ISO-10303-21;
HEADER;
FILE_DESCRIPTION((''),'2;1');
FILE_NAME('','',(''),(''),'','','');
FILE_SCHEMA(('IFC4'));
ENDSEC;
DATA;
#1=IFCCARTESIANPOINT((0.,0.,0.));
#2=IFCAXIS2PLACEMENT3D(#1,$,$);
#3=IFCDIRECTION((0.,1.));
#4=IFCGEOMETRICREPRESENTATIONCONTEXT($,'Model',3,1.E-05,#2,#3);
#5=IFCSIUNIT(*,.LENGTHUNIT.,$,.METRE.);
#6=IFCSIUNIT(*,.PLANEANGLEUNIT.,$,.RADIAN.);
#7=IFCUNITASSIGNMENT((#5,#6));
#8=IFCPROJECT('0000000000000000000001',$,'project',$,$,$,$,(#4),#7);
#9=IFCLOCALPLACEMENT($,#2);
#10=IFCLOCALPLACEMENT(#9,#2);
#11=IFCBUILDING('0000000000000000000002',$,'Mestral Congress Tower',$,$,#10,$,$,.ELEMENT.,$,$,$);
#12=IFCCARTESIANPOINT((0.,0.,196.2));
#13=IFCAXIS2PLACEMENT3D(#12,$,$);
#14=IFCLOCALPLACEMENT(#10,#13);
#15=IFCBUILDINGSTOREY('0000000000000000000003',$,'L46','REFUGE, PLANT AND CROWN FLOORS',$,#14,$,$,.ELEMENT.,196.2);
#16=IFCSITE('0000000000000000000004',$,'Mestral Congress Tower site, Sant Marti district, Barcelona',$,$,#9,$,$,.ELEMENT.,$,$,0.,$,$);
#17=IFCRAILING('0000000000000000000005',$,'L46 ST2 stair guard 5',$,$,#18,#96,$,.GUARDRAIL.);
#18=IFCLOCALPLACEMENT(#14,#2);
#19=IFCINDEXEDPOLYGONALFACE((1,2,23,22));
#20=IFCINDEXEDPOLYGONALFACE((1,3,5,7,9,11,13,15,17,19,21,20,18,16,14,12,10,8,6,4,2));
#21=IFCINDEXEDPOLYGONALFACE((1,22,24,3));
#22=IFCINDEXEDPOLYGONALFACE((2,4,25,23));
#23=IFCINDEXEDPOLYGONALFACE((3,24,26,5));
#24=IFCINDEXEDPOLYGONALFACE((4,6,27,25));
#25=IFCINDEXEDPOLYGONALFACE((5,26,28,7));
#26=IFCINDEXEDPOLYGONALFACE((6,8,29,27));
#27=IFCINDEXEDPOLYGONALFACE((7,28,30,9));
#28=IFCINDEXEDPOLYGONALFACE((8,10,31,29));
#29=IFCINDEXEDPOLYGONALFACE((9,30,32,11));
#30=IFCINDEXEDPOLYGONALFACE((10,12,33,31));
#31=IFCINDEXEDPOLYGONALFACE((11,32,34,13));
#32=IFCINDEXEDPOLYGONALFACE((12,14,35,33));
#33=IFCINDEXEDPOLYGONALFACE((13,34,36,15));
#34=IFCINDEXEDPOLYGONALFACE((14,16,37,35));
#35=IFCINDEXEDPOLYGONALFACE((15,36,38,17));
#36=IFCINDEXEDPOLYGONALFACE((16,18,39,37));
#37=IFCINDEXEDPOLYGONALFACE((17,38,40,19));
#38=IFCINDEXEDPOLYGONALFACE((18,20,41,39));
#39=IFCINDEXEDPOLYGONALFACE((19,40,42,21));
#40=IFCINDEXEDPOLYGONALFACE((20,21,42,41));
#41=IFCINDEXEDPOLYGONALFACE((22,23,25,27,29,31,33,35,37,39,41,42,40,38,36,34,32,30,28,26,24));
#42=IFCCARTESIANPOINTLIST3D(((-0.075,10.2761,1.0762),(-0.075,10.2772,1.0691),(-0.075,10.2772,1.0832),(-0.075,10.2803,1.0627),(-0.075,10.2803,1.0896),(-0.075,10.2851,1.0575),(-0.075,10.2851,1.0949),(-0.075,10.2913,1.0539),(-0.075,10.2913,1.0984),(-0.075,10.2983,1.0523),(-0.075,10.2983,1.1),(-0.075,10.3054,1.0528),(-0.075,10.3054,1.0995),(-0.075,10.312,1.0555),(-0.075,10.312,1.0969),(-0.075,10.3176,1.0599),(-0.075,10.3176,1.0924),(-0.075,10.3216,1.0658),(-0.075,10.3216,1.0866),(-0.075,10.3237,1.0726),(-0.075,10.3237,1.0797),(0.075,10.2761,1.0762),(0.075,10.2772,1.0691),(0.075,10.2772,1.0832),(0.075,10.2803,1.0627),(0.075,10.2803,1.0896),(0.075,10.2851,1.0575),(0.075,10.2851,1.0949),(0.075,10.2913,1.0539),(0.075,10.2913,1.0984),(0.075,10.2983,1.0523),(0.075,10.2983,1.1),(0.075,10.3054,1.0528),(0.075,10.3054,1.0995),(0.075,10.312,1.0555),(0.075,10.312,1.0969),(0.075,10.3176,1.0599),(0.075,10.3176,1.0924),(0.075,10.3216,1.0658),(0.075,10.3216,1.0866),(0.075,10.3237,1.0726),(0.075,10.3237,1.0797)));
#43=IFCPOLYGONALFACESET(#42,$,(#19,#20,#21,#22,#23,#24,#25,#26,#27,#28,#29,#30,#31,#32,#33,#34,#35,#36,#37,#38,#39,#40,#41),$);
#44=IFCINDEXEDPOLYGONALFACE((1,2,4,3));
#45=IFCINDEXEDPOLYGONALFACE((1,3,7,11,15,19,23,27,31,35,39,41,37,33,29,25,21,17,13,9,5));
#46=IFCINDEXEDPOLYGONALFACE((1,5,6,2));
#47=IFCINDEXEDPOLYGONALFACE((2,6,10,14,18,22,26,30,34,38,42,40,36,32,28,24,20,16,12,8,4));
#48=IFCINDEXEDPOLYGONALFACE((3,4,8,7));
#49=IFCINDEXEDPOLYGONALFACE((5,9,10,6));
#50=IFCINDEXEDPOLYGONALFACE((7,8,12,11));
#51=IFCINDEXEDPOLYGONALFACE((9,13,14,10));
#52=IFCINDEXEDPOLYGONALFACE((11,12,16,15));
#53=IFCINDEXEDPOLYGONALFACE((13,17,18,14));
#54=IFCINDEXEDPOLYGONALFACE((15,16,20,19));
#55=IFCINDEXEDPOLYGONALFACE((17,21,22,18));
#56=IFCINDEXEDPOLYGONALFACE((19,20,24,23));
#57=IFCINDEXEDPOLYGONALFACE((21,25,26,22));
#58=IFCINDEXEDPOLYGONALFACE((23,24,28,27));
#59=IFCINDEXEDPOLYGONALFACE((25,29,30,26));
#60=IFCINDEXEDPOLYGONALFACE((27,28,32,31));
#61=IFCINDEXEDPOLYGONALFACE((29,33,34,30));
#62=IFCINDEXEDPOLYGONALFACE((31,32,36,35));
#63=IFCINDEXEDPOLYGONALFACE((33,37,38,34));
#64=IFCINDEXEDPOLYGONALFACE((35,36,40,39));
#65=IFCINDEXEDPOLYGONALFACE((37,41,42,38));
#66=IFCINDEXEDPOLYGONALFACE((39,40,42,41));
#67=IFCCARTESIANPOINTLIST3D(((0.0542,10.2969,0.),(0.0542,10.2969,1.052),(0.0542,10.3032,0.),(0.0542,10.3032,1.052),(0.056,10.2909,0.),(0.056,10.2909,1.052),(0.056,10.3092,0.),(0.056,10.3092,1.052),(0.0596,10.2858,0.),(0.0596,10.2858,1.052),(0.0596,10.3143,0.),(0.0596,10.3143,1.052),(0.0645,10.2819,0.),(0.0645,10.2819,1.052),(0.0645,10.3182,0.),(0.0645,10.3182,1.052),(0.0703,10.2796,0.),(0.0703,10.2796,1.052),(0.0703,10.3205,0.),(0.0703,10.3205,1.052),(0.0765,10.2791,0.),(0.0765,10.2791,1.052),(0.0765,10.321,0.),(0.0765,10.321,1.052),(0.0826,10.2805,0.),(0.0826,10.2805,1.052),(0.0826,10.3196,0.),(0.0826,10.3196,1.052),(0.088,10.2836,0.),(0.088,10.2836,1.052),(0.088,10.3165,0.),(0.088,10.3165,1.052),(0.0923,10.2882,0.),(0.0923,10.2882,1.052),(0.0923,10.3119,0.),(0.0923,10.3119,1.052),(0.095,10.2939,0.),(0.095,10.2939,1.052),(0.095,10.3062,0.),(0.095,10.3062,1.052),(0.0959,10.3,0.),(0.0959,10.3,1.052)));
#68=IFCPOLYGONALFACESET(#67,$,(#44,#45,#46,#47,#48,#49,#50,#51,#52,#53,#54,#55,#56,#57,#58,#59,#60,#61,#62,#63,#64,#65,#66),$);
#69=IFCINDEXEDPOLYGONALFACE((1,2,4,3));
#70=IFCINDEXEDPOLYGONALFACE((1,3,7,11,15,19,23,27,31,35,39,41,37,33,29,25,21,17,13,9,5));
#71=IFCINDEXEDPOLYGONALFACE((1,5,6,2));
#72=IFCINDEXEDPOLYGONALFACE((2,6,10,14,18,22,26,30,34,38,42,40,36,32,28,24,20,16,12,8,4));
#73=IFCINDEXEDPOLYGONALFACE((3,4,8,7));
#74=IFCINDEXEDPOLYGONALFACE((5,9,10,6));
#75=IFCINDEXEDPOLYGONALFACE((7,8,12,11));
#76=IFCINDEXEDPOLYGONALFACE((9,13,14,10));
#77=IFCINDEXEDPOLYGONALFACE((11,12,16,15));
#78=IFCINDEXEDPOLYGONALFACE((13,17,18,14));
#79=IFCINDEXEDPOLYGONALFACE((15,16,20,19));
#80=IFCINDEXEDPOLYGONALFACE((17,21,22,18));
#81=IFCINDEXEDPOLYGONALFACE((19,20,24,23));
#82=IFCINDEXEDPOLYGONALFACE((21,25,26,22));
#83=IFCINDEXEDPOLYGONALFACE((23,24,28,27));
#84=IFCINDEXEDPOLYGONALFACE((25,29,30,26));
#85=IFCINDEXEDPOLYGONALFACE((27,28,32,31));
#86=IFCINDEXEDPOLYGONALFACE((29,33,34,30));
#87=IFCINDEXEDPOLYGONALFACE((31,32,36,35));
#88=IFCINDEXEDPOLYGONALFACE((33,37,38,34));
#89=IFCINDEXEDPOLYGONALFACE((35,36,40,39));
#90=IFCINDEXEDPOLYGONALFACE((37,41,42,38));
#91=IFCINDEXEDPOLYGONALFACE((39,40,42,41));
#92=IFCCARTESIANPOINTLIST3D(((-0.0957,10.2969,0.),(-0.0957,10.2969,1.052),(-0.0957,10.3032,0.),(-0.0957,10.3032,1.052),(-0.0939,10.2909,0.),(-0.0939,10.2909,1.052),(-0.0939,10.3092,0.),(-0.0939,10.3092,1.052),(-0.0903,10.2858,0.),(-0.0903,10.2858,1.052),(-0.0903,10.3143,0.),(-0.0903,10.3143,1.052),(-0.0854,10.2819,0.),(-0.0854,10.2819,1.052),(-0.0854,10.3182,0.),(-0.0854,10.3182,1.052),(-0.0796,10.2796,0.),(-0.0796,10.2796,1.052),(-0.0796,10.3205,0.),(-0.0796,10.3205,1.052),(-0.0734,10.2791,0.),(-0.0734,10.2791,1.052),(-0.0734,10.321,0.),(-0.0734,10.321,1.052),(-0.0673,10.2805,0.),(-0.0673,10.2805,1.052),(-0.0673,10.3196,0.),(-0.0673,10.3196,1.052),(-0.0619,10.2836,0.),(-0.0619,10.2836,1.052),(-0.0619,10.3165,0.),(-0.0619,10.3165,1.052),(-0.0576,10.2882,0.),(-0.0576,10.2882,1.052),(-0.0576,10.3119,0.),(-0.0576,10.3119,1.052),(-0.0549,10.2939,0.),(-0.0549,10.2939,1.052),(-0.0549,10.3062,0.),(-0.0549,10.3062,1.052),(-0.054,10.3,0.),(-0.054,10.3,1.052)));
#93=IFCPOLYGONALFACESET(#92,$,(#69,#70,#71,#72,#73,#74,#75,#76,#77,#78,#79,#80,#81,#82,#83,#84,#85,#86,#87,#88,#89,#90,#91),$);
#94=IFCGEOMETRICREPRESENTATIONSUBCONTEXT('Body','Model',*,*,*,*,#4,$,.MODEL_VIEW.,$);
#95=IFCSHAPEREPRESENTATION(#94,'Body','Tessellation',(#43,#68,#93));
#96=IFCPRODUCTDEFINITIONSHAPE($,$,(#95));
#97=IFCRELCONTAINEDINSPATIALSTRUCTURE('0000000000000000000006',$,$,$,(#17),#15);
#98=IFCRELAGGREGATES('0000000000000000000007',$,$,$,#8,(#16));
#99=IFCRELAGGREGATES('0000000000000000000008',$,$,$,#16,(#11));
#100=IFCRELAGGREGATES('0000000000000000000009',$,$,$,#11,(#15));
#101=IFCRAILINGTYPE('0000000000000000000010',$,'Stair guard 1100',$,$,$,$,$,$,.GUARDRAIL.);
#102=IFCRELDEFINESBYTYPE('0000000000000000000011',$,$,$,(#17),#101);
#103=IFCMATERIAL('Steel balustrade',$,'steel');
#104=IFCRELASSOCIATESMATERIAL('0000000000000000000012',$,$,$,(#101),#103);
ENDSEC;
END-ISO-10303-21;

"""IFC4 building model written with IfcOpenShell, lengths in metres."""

from ifc_helpers import new_model, si_unit, direction, frame, origin, origin_2d, place, context, subcontext, project, spatial, circle, extrude, material, type_object, element, save


model = new_model("IFC4")

# Units and contexts
model_context = context("Model", 3, precision=1e-05, world=origin(), true_north=direction((0.0, 1.0)))
body_context = subcontext(model_context, "Body", "Model", "MODEL_VIEW")
ifc_project = project(units=[si_unit("LENGTHUNIT", "METRE"), si_unit("PLANEANGLEUNIT", "RADIAN")], contexts=[model_context])

# Site, building, storey
site_placement = place(None, origin())
site = spatial("IfcSite", under=ifc_project, at=site_placement, Name="Mestral Congress Tower site, Sant Marti district, Barcelona", CompositionType="ELEMENT", RefElevation=0.0)
building_placement = place(site_placement, origin())
building = spatial("IfcBuilding", under=site, at=building_placement, Name="Mestral Congress Tower", CompositionType="ELEMENT")
storey_placement = place(building_placement, frame((0.0, 0.0, 196.2)))
storey = spatial("IfcBuildingStorey", under=building, at=storey_placement, Name="L46", Description="REFUGE, PLANT AND CROWN FLOORS", CompositionType="ELEMENT", Elevation=196.2)

# Railing
ifc_material_1 = material(Name="Steel balustrade", Category="steel")
railing_type = type_object("IfcRailingType", Name="Stair guard 1100", PredefinedType="GUARDRAIL", material=ifc_material_1)
railing_1_placement = place(storey_placement, frame((0.075, 10.3, 0.0)))
element("IfcRailing", 1, at=railing_1_placement, inside=storey, type_object=railing_type, Name="L46 ST2 stair guard 5", PredefinedType="GUARDRAIL", context=body_context, shape_type="SweptSolid", body=[
    extrude(circle(Radius=0.0239, at=origin_2d()), frame((0.0, 0.0, 1.0762), z_axis=(-1.0, 0.0, 0.0), x_axis=(0.0, -1.0, 0.0)), (0.0, 0.0, 1.0), 0.1499),
    extrude(circle(Radius=0.021, at=origin_2d()), origin(), (0.0, 0.0, 1.0), 1.052),
    extrude(circle(Radius=0.021, at=origin_2d()), frame((-0.1499, 0.0, 0.0)), (0.0, 0.0, 1.0), 1.052),
])

save(model, "model.ifc")
